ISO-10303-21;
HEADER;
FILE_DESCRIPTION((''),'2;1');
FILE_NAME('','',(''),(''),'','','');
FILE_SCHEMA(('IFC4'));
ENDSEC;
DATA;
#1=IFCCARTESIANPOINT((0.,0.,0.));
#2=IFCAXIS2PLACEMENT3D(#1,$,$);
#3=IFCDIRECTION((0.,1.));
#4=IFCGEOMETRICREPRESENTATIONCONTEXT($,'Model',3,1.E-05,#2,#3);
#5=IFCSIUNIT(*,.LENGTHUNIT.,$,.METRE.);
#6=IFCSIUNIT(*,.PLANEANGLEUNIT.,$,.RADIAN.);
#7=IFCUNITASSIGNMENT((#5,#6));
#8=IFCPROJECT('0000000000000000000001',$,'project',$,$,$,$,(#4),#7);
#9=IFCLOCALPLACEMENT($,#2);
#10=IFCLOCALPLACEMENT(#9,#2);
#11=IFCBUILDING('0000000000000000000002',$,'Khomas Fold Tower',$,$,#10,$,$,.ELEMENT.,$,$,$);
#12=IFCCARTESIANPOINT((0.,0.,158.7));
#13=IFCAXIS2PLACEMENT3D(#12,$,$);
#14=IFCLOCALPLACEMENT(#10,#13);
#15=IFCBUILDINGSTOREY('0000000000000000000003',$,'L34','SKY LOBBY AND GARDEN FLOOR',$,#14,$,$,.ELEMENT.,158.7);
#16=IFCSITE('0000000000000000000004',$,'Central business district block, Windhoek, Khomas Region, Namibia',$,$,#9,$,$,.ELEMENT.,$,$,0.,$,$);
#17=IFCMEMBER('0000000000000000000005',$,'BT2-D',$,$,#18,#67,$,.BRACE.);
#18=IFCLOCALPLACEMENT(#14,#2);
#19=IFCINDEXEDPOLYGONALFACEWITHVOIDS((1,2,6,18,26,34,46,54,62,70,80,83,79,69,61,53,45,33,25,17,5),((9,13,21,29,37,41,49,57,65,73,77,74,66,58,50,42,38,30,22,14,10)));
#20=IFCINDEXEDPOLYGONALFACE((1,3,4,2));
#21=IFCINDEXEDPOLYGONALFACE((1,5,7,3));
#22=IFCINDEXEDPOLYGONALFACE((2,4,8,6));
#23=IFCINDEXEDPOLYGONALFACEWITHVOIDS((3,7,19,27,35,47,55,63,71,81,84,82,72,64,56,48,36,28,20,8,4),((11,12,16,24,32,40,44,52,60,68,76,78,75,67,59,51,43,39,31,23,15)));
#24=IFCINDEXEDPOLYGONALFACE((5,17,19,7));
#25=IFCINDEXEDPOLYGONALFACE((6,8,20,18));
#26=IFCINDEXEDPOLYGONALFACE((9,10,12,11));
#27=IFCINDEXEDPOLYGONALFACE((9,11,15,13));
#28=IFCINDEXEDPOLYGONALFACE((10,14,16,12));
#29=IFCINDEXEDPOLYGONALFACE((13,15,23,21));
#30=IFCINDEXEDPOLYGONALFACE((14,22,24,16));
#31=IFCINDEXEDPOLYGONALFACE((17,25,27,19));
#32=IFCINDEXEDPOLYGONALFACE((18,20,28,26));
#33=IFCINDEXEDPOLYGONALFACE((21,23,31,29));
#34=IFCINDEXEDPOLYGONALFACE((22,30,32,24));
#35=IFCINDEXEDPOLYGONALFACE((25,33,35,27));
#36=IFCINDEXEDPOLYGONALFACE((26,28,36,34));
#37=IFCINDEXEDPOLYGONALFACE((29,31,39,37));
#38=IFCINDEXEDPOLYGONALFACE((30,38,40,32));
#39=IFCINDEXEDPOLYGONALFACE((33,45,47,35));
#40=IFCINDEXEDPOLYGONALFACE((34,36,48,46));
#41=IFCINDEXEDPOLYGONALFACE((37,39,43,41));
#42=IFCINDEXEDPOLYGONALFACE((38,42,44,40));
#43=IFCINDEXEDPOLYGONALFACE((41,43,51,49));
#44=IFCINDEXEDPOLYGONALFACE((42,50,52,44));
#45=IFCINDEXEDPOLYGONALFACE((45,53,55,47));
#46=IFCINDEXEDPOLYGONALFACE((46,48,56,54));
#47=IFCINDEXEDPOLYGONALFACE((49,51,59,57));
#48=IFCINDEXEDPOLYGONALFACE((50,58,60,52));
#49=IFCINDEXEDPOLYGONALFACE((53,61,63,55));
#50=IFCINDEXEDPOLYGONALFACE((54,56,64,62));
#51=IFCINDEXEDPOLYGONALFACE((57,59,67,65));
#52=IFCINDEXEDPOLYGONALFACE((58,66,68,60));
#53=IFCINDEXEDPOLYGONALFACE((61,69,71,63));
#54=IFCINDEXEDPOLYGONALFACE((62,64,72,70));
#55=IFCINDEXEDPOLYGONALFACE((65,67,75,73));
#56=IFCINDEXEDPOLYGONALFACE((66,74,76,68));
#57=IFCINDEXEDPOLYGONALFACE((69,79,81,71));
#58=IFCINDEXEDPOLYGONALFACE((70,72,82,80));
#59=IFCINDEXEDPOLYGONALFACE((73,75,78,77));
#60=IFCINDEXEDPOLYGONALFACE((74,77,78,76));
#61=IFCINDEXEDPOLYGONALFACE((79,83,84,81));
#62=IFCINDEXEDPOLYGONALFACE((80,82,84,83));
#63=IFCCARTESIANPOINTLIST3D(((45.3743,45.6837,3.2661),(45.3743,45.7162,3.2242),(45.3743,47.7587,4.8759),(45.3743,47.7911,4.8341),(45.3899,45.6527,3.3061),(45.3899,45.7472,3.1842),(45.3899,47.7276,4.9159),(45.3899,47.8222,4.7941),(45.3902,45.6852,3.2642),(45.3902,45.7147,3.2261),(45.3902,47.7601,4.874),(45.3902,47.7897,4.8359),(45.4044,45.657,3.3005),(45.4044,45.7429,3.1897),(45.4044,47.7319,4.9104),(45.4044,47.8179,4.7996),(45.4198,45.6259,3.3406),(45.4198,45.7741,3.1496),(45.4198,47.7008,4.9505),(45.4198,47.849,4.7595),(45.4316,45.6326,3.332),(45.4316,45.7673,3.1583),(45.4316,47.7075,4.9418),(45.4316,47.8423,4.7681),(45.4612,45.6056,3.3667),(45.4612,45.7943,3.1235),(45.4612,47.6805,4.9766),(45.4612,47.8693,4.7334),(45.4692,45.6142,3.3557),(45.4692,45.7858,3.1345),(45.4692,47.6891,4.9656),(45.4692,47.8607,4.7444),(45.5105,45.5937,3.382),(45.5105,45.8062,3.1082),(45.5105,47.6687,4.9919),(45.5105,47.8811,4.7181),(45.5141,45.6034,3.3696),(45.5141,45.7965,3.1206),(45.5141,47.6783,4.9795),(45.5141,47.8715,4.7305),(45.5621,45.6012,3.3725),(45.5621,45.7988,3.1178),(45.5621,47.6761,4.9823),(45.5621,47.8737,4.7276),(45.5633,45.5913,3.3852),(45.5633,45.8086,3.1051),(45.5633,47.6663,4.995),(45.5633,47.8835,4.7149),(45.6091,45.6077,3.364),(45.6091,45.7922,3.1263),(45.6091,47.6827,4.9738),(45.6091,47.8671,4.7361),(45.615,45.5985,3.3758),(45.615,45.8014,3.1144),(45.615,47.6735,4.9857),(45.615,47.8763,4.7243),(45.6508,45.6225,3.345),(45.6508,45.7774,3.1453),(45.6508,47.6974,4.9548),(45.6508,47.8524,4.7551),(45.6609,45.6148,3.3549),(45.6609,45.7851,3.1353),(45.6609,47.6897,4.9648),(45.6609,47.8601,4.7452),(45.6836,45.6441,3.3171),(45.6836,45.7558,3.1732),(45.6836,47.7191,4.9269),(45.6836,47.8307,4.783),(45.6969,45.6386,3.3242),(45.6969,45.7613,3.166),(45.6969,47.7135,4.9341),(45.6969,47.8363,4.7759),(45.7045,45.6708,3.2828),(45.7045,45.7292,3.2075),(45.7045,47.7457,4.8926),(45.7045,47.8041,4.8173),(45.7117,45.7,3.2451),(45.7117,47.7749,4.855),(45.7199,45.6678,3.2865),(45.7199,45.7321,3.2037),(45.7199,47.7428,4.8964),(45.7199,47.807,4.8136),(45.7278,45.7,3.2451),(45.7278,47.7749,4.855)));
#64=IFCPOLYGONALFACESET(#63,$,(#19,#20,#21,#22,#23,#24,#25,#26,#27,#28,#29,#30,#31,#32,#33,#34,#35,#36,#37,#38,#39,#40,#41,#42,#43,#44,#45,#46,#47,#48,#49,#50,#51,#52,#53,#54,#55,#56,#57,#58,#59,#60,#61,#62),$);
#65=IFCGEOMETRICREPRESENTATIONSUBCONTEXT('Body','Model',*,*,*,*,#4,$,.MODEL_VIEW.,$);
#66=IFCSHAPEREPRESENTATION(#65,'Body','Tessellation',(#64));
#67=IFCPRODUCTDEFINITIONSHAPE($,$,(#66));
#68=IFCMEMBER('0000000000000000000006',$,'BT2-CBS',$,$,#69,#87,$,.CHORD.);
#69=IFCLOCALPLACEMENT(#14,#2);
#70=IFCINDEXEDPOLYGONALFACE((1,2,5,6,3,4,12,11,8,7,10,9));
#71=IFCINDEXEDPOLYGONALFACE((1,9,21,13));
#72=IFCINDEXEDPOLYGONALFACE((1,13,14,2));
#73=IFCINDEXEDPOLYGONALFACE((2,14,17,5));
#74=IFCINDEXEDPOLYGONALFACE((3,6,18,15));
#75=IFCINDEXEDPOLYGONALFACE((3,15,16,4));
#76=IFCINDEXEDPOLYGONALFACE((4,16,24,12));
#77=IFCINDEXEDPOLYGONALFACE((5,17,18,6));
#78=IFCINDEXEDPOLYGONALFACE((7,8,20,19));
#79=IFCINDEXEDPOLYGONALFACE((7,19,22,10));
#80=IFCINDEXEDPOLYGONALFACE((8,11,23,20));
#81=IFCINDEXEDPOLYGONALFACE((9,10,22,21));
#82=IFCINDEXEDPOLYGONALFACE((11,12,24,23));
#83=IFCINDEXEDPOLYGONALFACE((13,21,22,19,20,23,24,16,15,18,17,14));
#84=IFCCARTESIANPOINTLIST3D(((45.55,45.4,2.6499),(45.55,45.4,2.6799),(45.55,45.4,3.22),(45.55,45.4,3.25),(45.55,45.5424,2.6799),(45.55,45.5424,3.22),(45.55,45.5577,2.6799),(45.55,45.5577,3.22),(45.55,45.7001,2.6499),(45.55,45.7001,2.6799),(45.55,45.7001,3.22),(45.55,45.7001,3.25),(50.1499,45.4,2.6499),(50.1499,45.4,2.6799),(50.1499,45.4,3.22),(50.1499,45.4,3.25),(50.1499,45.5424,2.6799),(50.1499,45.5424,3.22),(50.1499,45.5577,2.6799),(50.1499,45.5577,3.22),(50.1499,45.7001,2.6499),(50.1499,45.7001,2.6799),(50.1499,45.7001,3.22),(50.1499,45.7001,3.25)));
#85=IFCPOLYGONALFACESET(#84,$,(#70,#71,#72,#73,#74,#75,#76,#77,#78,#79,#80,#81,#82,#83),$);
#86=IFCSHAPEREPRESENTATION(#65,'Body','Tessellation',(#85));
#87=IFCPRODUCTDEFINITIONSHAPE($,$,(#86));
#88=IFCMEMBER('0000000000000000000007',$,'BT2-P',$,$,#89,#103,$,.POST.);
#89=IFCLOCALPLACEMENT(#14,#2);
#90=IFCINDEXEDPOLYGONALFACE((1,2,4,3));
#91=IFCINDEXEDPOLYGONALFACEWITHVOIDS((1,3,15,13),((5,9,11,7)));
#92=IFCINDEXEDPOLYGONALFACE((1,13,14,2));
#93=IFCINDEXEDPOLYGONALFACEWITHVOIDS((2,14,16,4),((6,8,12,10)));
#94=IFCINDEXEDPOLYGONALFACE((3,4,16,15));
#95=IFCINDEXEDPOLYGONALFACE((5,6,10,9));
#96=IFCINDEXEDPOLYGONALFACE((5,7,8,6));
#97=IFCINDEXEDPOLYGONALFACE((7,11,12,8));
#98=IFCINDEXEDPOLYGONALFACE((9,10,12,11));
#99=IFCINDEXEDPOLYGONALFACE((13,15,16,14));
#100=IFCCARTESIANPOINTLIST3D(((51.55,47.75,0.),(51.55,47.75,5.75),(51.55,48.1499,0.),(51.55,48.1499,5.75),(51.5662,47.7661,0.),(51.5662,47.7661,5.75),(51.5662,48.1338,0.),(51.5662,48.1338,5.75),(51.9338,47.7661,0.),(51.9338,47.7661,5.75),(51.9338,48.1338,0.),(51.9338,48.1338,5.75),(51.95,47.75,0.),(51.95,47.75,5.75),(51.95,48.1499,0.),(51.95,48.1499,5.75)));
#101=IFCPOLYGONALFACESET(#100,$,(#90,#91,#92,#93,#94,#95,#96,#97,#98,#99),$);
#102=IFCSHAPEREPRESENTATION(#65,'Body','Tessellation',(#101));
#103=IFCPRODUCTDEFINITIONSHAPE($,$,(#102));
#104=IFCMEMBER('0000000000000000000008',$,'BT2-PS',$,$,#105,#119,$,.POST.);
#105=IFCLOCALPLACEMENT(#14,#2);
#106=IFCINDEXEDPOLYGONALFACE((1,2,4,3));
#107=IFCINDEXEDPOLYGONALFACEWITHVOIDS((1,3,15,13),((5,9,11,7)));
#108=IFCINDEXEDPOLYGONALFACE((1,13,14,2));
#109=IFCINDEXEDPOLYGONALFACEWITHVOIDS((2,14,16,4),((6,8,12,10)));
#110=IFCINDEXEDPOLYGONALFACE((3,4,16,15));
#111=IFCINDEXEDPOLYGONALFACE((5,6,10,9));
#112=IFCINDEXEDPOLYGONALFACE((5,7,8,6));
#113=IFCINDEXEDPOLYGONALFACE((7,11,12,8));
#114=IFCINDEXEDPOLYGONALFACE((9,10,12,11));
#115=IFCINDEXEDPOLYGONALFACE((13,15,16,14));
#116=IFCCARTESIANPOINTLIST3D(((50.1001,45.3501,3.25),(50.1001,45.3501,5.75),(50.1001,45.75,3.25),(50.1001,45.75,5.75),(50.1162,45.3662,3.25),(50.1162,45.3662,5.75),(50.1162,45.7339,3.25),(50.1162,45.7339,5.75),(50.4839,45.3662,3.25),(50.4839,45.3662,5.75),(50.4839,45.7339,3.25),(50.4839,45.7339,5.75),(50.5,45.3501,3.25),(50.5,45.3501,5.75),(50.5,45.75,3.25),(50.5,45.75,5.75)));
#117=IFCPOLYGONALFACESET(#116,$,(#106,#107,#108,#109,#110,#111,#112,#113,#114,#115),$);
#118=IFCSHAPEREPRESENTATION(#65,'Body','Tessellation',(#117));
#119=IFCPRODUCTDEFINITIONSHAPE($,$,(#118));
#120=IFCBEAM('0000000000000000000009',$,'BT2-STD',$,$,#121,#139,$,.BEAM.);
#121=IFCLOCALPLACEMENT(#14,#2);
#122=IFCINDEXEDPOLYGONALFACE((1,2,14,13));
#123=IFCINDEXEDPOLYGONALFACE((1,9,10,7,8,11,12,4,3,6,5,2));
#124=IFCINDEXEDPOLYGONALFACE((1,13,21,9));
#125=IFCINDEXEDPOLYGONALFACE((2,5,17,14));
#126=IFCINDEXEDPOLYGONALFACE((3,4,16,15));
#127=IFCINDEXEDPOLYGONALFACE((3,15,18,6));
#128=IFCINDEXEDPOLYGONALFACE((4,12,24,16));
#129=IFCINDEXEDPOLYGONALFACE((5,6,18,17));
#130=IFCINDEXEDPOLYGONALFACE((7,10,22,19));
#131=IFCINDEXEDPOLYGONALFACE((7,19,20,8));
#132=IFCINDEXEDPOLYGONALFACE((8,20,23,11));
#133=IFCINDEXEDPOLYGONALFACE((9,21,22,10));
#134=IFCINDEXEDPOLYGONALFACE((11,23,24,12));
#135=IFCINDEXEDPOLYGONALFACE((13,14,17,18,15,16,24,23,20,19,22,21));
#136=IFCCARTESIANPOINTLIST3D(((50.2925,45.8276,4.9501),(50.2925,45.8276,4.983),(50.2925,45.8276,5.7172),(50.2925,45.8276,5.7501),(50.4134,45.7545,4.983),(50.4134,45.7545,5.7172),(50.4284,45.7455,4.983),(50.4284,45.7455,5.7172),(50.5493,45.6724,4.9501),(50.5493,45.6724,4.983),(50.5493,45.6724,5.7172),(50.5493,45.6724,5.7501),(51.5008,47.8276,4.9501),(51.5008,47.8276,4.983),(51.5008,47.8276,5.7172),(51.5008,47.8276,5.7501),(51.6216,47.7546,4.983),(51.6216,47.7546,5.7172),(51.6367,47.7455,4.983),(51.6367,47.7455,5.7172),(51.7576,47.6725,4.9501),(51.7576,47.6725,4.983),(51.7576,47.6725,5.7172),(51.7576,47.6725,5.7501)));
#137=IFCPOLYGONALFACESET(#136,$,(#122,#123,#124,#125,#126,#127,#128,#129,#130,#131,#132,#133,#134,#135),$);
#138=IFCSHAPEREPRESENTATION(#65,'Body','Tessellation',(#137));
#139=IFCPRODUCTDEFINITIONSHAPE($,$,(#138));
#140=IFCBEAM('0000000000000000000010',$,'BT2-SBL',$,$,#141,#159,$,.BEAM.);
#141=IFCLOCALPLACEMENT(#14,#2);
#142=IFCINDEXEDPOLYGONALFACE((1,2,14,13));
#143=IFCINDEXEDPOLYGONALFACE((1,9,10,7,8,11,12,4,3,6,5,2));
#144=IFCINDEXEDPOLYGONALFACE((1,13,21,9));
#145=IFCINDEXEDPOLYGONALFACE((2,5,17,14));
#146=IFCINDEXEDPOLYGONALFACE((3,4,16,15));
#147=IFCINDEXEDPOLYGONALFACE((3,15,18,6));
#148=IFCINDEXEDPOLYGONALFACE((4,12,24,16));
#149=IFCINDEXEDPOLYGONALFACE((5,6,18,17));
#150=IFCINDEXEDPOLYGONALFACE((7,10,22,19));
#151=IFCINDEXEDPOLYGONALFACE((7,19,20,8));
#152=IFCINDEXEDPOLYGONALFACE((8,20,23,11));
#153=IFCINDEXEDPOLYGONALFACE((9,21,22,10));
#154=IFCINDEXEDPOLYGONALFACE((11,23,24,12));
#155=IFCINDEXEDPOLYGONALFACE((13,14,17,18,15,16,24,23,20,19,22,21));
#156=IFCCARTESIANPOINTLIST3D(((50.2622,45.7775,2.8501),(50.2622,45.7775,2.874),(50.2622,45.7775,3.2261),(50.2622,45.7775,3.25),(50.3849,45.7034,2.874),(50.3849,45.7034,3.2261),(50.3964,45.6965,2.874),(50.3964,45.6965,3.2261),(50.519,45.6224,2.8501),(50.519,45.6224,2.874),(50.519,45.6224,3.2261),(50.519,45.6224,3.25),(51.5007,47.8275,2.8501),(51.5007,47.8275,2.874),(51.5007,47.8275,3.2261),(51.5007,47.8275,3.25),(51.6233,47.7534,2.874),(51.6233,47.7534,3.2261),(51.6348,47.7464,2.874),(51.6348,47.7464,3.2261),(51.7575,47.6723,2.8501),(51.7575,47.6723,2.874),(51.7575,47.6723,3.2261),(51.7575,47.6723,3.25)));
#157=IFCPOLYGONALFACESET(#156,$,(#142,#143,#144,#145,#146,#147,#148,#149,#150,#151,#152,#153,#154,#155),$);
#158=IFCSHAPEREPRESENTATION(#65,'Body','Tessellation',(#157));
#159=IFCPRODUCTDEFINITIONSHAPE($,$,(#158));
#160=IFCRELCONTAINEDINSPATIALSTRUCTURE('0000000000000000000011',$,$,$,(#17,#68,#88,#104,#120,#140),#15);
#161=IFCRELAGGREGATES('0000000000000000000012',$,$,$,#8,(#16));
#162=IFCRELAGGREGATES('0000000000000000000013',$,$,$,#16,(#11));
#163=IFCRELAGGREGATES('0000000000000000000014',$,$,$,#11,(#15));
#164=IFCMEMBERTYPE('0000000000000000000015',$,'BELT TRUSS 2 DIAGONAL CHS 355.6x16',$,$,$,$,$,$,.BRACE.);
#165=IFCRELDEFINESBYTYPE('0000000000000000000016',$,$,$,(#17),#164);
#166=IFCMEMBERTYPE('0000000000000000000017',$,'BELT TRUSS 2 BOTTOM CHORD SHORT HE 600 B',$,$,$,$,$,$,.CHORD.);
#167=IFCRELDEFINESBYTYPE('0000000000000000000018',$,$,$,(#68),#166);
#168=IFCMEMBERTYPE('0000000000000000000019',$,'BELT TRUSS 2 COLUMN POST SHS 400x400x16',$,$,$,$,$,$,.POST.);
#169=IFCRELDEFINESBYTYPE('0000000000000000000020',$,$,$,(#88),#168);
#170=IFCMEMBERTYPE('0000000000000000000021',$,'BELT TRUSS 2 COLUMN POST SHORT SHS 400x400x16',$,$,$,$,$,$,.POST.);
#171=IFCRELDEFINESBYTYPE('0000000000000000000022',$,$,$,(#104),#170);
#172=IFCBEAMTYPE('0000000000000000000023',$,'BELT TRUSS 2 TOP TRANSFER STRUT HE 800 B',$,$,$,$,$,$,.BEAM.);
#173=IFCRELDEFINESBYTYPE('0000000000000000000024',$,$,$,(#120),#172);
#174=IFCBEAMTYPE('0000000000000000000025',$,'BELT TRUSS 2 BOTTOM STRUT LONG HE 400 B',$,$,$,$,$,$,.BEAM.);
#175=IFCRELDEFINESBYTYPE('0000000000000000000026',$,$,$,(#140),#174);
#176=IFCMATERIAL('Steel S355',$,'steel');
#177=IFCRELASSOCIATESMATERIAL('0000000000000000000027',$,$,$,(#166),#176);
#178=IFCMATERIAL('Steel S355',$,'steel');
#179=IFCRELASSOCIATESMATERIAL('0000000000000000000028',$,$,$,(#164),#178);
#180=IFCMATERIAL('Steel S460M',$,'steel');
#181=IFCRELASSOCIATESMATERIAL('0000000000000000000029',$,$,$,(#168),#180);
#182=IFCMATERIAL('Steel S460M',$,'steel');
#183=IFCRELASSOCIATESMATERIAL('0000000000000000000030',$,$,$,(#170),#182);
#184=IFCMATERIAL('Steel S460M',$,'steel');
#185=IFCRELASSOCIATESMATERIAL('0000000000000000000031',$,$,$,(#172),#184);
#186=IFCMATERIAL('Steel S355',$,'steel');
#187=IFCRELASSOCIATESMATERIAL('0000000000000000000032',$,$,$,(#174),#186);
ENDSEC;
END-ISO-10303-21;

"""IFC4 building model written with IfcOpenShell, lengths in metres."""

from ifc_helpers import new_model, si_unit, direction, frame, origin, origin_2d, place, context, subcontext, project, spatial, hollow_rectangle, hollow_circle, i_section, extrude, source, transform, mapped, material, material_profile, profile_set, type_object, element, save


model = new_model("IFC4")

# Units and contexts
model_context = context("Model", 3, precision=1e-05, world=origin(), true_north=direction((0.0, 1.0)))
body_context = subcontext(model_context, "Body", "Model", "MODEL_VIEW")
ifc_project = project(units=[si_unit("LENGTHUNIT", "METRE"), si_unit("PLANEANGLEUNIT", "RADIAN")], contexts=[model_context])

# Site, building, storey
site_placement = place(None, origin())
site = spatial("IfcSite", under=ifc_project, at=site_placement, Name="Central business district block, Windhoek, Khomas Region, Namibia", CompositionType="ELEMENT", RefElevation=0.0)
building_placement = place(site_placement, origin())
building = spatial("IfcBuilding", under=site, at=building_placement, Name="Khomas Fold Tower", CompositionType="ELEMENT")
storey_placement = place(building_placement, frame((0.0, 0.0, 158.7)))
storey = spatial("IfcBuildingStorey", under=building, at=storey_placement, Name="L34", Description="SKY LOBBY AND GARDEN FLOOR", CompositionType="ELEMENT", Elevation=158.7)

# Members
ifc_material_1 = material(Name="Steel S355", Category="steel")
ifc_material_profile_1 = material_profile(ifc_material_1, i_section(OverallWidth=0.3, OverallDepth=0.6001, WebThickness=0.0154, FlangeThickness=0.03, at=origin_2d()), Name="HE 600 B")
ifc_profile_set_1 = profile_set([ifc_material_profile_1], Name="Steel S355")
member_type_1 = type_object("IfcMemberType", Name="BELT TRUSS 2 BOTTOM CHORD SHORT HE 600 B", PredefinedType="CHORD", material=ifc_profile_set_1)
ifc_material_2 = material(Name="Steel S355", Category="steel")
ifc_material_profile_2 = material_profile(ifc_material_2, hollow_circle(Radius=0.1777, WallThickness=0.0161, at=origin_2d()), Name="CHS 355.6x16")
ifc_profile_set_2 = profile_set([ifc_material_profile_2], Name="Steel S355")
member_type_2 = type_object("IfcMemberType", Name="BELT TRUSS 2 DIAGONAL CHS 355.6x16", PredefinedType="BRACE", material=ifc_profile_set_2)
shared_shape_1 = source(origin(), body_context, "Body", "SweptSolid", [
    extrude(hollow_circle(Radius=0.1777, WallThickness=0.0161, at=origin_2d()), origin(), (0.0, 0.0, 1.0), 2.6262),
])
member_1_placement = place(storey_placement, frame((45.55, 47.7749, 4.855), z_axis=(0.0, -0.790087, -0.612994), x_axis=(1.0, 0.0, 0.0)))
element("IfcMember", 1, at=member_1_placement, inside=storey, type_object=member_type_2, Name="BT2-D", PredefinedType="BRACE", context=body_context, shape_type="MappedRepresentation", body=[
    mapped(shared_shape_1, transform((0.0, 0.0, 0.0))),
])
shared_shape_2 = source(origin(), body_context, "Body", "SweptSolid", [
    extrude(i_section(OverallWidth=0.3, OverallDepth=0.6001, WebThickness=0.0154, FlangeThickness=0.03, at=origin_2d()), origin(), (0.0, 0.0, 1.0), 4.5999),
])
member_2_placement = place(storey_placement, frame((50.1499, 45.55, 2.95), z_axis=(-1.0, 0.0, 0.0), x_axis=(0.0, -1.0, 0.0)))
element("IfcMember", 2, at=member_2_placement, inside=storey, type_object=member_type_1, Name="BT2-CBS", PredefinedType="CHORD", context=body_context, shape_type="MappedRepresentation", body=[
    mapped(shared_shape_2, transform((0.0, 0.0, 0.0))),
])
ifc_material_3 = material(Name="Steel S460M", Category="steel")
ifc_material_profile_3 = material_profile(ifc_material_3, hollow_rectangle(XDim=0.3999, YDim=0.3999, WallThickness=0.0161, at=origin_2d()), Name="SHS 400x400x16")
ifc_profile_set_3 = profile_set([ifc_material_profile_3], Name="Steel S460M")
member_type_3 = type_object("IfcMemberType", Name="BELT TRUSS 2 COLUMN POST SHS 400x400x16", PredefinedType="POST", material=ifc_profile_set_3)
shared_shape_3 = source(origin(), body_context, "Body", "SweptSolid", [
    extrude(hollow_rectangle(XDim=0.3999, YDim=0.3999, WallThickness=0.0161, at=origin_2d()), origin(), (0.0, 0.0, 1.0), 5.75),
])
member_3_placement = place(storey_placement, frame((51.75, 47.95, 0.0), z_axis=(0.0, 0.0, 1.0), x_axis=(1.0, 0.0, 0.0)))
element("IfcMember", 3, at=member_3_placement, inside=storey, type_object=member_type_3, Name="BT2-P", PredefinedType="POST", context=body_context, shape_type="MappedRepresentation", body=[
    mapped(shared_shape_3, transform((0.0, 0.0, 0.0))),
])
ifc_material_4 = material(Name="Steel S460M", Category="steel")
ifc_material_profile_4 = material_profile(ifc_material_4, hollow_rectangle(XDim=0.3999, YDim=0.3999, WallThickness=0.0161, at=origin_2d()), Name="SHS 400x400x16")
ifc_profile_set_4 = profile_set([ifc_material_profile_4], Name="Steel S460M")
member_type_4 = type_object("IfcMemberType", Name="BELT TRUSS 2 COLUMN POST SHORT SHS 400x400x16", PredefinedType="POST", material=ifc_profile_set_4)
shared_shape_4 = source(origin(), body_context, "Body", "SweptSolid", [
    extrude(hollow_rectangle(XDim=0.3999, YDim=0.3999, WallThickness=0.0161, at=origin_2d()), origin(), (0.0, 0.0, 1.0), 2.5),
])
member_4_placement = place(storey_placement, frame((50.3, 45.55, 3.25), z_axis=(0.0, 0.0, 1.0), x_axis=(1.0, 0.0, 0.0)))
element("IfcMember", 4, at=member_4_placement, inside=storey, type_object=member_type_4, Name="BT2-PS", PredefinedType="POST", context=body_context, shape_type="MappedRepresentation", body=[
    mapped(shared_shape_4, transform((0.0, 0.0, 0.0))),
])

# Beams
ifc_material_5 = material(Name="Steel S460M", Category="steel")
ifc_material_profile_5 = material_profile(ifc_material_5, i_section(OverallWidth=0.3, OverallDepth=0.8, WebThickness=0.0176, FlangeThickness=0.033, at=origin_2d()), Name="HE 800 B")
ifc_profile_set_5 = profile_set([ifc_material_profile_5], Name="Steel S460M")
beam_type_1 = type_object("IfcBeamType", Name="BELT TRUSS 2 TOP TRANSFER STRUT HE 800 B", PredefinedType="BEAM", material=ifc_profile_set_5)
shared_shape_5 = source(origin(), body_context, "Body", "SweptSolid", [
    extrude(i_section(OverallWidth=0.3, OverallDepth=0.8, WebThickness=0.0176, FlangeThickness=0.033, at=origin_2d()), origin(), (0.0, 0.0, 1.0), 2.3367),
])
beam_1_placement = place(storey_placement, frame((50.4209, 45.75, 5.3501), z_axis=(0.51709, 0.855931, 0.0), x_axis=(-0.855931, 0.51709, 0.0)))
element("IfcBeam", 5, at=beam_1_placement, inside=storey, type_object=beam_type_1, Name="BT2-STD", PredefinedType="BEAM", context=body_context, shape_type="MappedRepresentation", body=[
    mapped(shared_shape_5, transform((0.0, 0.0, 0.0))),
])
ifc_material_6 = material(Name="Steel S355", Category="steel")
ifc_material_profile_6 = material_profile(ifc_material_6, i_section(OverallWidth=0.3, OverallDepth=0.3999, WebThickness=0.0134, FlangeThickness=0.0239, at=origin_2d()), Name="HE 400 B")
ifc_profile_set_6 = profile_set([ifc_material_profile_6], Name="Steel S355")
beam_type_2 = type_object("IfcBeamType", Name="BELT TRUSS 2 BOTTOM STRUT LONG HE 400 B", PredefinedType="BEAM", material=ifc_profile_set_6)
shared_shape_6 = source(origin(), body_context, "Body", "SweptSolid", [
    extrude(i_section(OverallWidth=0.3, OverallDepth=0.3999, WebThickness=0.0134, FlangeThickness=0.0239, at=origin_2d()), origin(), (0.0, 0.0, 1.0), 2.395),
])
beam_2_placement = place(storey_placement, frame((50.3906, 45.7, 3.05), z_axis=(0.517102, 0.855924, 0.0), x_axis=(-0.855924, 0.517102, 0.0)))
element("IfcBeam", 6, at=beam_2_placement, inside=storey, type_object=beam_type_2, Name="BT2-SBL", PredefinedType="BEAM", context=body_context, shape_type="MappedRepresentation", body=[
    mapped(shared_shape_6, transform((0.0, 0.0, 0.0))),
])

save(model, "model.ifc")
